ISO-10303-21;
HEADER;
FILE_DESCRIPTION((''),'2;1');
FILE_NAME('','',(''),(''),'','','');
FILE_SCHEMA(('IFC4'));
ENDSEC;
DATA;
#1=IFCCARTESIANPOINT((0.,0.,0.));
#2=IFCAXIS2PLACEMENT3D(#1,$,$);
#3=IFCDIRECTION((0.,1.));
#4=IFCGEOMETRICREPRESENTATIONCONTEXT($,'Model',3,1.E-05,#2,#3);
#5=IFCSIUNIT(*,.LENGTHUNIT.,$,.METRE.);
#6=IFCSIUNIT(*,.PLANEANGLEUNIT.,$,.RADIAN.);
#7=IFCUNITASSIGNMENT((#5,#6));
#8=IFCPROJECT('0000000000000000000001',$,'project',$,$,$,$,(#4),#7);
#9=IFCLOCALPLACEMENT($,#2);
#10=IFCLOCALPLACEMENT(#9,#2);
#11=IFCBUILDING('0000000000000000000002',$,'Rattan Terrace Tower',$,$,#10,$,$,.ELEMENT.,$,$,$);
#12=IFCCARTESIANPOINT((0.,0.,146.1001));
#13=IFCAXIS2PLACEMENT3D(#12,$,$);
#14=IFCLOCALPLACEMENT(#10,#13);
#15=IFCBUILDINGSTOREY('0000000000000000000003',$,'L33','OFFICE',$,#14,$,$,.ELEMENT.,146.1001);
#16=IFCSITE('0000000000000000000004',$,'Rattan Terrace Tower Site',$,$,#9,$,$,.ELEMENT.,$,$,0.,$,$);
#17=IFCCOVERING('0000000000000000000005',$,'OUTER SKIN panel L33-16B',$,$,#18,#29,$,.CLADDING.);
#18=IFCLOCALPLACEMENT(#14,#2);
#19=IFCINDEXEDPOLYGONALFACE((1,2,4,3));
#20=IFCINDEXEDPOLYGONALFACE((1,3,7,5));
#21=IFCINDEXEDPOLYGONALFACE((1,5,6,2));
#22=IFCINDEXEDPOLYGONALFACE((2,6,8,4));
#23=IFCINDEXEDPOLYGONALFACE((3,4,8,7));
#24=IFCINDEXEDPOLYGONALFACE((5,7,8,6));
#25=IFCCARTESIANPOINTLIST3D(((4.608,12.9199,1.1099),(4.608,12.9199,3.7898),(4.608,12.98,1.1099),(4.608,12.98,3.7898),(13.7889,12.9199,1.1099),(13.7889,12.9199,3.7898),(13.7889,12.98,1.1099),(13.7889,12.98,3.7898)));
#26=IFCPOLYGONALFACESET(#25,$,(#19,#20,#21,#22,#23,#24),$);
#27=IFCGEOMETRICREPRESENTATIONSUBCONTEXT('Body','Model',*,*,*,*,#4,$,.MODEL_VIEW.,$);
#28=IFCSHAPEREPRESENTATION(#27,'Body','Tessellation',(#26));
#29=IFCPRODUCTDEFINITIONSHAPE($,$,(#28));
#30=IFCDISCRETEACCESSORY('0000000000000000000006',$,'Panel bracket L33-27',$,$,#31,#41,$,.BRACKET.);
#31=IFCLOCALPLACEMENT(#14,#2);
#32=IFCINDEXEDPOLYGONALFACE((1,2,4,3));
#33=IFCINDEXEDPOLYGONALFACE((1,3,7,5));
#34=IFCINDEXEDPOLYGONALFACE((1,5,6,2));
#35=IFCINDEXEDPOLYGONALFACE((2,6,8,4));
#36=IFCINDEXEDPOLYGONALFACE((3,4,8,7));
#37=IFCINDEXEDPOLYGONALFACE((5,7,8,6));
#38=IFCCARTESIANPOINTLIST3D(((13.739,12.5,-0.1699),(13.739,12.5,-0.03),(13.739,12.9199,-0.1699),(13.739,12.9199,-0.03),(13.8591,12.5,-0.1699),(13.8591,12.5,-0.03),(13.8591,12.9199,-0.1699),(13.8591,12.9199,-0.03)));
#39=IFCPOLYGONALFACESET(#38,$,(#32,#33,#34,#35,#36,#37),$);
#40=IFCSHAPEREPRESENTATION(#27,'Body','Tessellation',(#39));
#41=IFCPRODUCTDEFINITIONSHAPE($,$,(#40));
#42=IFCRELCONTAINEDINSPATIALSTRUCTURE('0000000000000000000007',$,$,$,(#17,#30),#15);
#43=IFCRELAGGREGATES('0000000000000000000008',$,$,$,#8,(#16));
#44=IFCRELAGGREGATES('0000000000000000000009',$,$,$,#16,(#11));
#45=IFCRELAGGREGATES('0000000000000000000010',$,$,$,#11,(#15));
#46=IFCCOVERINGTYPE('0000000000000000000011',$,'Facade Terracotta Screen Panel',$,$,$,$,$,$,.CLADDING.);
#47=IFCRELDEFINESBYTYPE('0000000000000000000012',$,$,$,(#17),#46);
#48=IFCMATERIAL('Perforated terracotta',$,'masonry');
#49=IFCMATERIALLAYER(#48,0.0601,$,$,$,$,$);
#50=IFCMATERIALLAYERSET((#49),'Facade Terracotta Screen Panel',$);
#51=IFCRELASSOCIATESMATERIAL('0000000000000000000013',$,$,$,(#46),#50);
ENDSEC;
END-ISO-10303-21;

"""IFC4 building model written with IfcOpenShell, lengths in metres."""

from ifc_helpers import new_model, si_unit, direction, frame, origin, origin_2d, place, context, subcontext, project, spatial, rectangle, extrude, material, layer, layer_set, type_object, element, save


model = new_model("IFC4")

# Units and contexts
model_context = context("Model", 3, precision=1e-05, world=origin(), true_north=direction((0.0, 1.0)))
body_context = subcontext(model_context, "Body", "Model", "MODEL_VIEW")
ifc_project = project(units=[si_unit("LENGTHUNIT", "METRE"), si_unit("PLANEANGLEUNIT", "RADIAN")], contexts=[model_context])

# Site, building, storey
site_placement = place(None, origin())
site = spatial("IfcSite", under=ifc_project, at=site_placement, Name="Rattan Terrace Tower Site", CompositionType="ELEMENT", RefElevation=0.0)
building_placement = place(site_placement, origin())
building = spatial("IfcBuilding", under=site, at=building_placement, Name="Rattan Terrace Tower", CompositionType="ELEMENT")
storey_placement = place(building_placement, frame((0.0, 0.0, 146.1001)))
storey = spatial("IfcBuildingStorey", under=building, at=storey_placement, Name="L33", Description="OFFICE", CompositionType="ELEMENT", Elevation=146.1001)

# Covering
ifc_material_1 = material(Name="Perforated terracotta", Category="masonry")
ifc_layer_1 = layer(ifc_material_1, 0.0601)
ifc_layer_set_1 = layer_set([ifc_layer_1], Name="Facade Terracotta Screen Panel")
covering_type_1 = type_object("IfcCoveringType", Name="Facade Terracotta Screen Panel", PredefinedType="CLADDING", material=ifc_layer_set_1)
covering_1_placement = place(storey_placement, frame((9.1985, 12.95, 1.1099), z_axis=(0.0, 0.0, 1.0), x_axis=(-1.0, 0.0, 0.0)))
element("IfcCovering", 1, at=covering_1_placement, inside=storey, type_object=covering_type_1, Name="OUTER SKIN panel L33-16B", PredefinedType="CLADDING", context=body_context, shape_type="SweptSolid", body=[
    extrude(rectangle(XDim=9.1809, YDim=0.0601, at=origin_2d()), origin(), (0.0, 0.0, 1.0), 2.6799),
])

# Discrete accessory
discrete_accessory_placement = place(storey_placement, frame((13.7991, 12.71, -0.1699), z_axis=(0.0, 0.0, 1.0), x_axis=(-1.0, 0.0, 0.0)))
element("IfcDiscreteAccessory", 2, at=discrete_accessory_placement, inside=storey, Name="Panel bracket L33-27", PredefinedType="BRACKET", context=body_context, shape_type="SweptSolid", body=[
    extrude(rectangle(XDim=0.1201, YDim=0.4199, at=origin_2d()), origin(), (0.0, 0.0, 1.0), 0.1399),
])

save(model, "model.ifc")
